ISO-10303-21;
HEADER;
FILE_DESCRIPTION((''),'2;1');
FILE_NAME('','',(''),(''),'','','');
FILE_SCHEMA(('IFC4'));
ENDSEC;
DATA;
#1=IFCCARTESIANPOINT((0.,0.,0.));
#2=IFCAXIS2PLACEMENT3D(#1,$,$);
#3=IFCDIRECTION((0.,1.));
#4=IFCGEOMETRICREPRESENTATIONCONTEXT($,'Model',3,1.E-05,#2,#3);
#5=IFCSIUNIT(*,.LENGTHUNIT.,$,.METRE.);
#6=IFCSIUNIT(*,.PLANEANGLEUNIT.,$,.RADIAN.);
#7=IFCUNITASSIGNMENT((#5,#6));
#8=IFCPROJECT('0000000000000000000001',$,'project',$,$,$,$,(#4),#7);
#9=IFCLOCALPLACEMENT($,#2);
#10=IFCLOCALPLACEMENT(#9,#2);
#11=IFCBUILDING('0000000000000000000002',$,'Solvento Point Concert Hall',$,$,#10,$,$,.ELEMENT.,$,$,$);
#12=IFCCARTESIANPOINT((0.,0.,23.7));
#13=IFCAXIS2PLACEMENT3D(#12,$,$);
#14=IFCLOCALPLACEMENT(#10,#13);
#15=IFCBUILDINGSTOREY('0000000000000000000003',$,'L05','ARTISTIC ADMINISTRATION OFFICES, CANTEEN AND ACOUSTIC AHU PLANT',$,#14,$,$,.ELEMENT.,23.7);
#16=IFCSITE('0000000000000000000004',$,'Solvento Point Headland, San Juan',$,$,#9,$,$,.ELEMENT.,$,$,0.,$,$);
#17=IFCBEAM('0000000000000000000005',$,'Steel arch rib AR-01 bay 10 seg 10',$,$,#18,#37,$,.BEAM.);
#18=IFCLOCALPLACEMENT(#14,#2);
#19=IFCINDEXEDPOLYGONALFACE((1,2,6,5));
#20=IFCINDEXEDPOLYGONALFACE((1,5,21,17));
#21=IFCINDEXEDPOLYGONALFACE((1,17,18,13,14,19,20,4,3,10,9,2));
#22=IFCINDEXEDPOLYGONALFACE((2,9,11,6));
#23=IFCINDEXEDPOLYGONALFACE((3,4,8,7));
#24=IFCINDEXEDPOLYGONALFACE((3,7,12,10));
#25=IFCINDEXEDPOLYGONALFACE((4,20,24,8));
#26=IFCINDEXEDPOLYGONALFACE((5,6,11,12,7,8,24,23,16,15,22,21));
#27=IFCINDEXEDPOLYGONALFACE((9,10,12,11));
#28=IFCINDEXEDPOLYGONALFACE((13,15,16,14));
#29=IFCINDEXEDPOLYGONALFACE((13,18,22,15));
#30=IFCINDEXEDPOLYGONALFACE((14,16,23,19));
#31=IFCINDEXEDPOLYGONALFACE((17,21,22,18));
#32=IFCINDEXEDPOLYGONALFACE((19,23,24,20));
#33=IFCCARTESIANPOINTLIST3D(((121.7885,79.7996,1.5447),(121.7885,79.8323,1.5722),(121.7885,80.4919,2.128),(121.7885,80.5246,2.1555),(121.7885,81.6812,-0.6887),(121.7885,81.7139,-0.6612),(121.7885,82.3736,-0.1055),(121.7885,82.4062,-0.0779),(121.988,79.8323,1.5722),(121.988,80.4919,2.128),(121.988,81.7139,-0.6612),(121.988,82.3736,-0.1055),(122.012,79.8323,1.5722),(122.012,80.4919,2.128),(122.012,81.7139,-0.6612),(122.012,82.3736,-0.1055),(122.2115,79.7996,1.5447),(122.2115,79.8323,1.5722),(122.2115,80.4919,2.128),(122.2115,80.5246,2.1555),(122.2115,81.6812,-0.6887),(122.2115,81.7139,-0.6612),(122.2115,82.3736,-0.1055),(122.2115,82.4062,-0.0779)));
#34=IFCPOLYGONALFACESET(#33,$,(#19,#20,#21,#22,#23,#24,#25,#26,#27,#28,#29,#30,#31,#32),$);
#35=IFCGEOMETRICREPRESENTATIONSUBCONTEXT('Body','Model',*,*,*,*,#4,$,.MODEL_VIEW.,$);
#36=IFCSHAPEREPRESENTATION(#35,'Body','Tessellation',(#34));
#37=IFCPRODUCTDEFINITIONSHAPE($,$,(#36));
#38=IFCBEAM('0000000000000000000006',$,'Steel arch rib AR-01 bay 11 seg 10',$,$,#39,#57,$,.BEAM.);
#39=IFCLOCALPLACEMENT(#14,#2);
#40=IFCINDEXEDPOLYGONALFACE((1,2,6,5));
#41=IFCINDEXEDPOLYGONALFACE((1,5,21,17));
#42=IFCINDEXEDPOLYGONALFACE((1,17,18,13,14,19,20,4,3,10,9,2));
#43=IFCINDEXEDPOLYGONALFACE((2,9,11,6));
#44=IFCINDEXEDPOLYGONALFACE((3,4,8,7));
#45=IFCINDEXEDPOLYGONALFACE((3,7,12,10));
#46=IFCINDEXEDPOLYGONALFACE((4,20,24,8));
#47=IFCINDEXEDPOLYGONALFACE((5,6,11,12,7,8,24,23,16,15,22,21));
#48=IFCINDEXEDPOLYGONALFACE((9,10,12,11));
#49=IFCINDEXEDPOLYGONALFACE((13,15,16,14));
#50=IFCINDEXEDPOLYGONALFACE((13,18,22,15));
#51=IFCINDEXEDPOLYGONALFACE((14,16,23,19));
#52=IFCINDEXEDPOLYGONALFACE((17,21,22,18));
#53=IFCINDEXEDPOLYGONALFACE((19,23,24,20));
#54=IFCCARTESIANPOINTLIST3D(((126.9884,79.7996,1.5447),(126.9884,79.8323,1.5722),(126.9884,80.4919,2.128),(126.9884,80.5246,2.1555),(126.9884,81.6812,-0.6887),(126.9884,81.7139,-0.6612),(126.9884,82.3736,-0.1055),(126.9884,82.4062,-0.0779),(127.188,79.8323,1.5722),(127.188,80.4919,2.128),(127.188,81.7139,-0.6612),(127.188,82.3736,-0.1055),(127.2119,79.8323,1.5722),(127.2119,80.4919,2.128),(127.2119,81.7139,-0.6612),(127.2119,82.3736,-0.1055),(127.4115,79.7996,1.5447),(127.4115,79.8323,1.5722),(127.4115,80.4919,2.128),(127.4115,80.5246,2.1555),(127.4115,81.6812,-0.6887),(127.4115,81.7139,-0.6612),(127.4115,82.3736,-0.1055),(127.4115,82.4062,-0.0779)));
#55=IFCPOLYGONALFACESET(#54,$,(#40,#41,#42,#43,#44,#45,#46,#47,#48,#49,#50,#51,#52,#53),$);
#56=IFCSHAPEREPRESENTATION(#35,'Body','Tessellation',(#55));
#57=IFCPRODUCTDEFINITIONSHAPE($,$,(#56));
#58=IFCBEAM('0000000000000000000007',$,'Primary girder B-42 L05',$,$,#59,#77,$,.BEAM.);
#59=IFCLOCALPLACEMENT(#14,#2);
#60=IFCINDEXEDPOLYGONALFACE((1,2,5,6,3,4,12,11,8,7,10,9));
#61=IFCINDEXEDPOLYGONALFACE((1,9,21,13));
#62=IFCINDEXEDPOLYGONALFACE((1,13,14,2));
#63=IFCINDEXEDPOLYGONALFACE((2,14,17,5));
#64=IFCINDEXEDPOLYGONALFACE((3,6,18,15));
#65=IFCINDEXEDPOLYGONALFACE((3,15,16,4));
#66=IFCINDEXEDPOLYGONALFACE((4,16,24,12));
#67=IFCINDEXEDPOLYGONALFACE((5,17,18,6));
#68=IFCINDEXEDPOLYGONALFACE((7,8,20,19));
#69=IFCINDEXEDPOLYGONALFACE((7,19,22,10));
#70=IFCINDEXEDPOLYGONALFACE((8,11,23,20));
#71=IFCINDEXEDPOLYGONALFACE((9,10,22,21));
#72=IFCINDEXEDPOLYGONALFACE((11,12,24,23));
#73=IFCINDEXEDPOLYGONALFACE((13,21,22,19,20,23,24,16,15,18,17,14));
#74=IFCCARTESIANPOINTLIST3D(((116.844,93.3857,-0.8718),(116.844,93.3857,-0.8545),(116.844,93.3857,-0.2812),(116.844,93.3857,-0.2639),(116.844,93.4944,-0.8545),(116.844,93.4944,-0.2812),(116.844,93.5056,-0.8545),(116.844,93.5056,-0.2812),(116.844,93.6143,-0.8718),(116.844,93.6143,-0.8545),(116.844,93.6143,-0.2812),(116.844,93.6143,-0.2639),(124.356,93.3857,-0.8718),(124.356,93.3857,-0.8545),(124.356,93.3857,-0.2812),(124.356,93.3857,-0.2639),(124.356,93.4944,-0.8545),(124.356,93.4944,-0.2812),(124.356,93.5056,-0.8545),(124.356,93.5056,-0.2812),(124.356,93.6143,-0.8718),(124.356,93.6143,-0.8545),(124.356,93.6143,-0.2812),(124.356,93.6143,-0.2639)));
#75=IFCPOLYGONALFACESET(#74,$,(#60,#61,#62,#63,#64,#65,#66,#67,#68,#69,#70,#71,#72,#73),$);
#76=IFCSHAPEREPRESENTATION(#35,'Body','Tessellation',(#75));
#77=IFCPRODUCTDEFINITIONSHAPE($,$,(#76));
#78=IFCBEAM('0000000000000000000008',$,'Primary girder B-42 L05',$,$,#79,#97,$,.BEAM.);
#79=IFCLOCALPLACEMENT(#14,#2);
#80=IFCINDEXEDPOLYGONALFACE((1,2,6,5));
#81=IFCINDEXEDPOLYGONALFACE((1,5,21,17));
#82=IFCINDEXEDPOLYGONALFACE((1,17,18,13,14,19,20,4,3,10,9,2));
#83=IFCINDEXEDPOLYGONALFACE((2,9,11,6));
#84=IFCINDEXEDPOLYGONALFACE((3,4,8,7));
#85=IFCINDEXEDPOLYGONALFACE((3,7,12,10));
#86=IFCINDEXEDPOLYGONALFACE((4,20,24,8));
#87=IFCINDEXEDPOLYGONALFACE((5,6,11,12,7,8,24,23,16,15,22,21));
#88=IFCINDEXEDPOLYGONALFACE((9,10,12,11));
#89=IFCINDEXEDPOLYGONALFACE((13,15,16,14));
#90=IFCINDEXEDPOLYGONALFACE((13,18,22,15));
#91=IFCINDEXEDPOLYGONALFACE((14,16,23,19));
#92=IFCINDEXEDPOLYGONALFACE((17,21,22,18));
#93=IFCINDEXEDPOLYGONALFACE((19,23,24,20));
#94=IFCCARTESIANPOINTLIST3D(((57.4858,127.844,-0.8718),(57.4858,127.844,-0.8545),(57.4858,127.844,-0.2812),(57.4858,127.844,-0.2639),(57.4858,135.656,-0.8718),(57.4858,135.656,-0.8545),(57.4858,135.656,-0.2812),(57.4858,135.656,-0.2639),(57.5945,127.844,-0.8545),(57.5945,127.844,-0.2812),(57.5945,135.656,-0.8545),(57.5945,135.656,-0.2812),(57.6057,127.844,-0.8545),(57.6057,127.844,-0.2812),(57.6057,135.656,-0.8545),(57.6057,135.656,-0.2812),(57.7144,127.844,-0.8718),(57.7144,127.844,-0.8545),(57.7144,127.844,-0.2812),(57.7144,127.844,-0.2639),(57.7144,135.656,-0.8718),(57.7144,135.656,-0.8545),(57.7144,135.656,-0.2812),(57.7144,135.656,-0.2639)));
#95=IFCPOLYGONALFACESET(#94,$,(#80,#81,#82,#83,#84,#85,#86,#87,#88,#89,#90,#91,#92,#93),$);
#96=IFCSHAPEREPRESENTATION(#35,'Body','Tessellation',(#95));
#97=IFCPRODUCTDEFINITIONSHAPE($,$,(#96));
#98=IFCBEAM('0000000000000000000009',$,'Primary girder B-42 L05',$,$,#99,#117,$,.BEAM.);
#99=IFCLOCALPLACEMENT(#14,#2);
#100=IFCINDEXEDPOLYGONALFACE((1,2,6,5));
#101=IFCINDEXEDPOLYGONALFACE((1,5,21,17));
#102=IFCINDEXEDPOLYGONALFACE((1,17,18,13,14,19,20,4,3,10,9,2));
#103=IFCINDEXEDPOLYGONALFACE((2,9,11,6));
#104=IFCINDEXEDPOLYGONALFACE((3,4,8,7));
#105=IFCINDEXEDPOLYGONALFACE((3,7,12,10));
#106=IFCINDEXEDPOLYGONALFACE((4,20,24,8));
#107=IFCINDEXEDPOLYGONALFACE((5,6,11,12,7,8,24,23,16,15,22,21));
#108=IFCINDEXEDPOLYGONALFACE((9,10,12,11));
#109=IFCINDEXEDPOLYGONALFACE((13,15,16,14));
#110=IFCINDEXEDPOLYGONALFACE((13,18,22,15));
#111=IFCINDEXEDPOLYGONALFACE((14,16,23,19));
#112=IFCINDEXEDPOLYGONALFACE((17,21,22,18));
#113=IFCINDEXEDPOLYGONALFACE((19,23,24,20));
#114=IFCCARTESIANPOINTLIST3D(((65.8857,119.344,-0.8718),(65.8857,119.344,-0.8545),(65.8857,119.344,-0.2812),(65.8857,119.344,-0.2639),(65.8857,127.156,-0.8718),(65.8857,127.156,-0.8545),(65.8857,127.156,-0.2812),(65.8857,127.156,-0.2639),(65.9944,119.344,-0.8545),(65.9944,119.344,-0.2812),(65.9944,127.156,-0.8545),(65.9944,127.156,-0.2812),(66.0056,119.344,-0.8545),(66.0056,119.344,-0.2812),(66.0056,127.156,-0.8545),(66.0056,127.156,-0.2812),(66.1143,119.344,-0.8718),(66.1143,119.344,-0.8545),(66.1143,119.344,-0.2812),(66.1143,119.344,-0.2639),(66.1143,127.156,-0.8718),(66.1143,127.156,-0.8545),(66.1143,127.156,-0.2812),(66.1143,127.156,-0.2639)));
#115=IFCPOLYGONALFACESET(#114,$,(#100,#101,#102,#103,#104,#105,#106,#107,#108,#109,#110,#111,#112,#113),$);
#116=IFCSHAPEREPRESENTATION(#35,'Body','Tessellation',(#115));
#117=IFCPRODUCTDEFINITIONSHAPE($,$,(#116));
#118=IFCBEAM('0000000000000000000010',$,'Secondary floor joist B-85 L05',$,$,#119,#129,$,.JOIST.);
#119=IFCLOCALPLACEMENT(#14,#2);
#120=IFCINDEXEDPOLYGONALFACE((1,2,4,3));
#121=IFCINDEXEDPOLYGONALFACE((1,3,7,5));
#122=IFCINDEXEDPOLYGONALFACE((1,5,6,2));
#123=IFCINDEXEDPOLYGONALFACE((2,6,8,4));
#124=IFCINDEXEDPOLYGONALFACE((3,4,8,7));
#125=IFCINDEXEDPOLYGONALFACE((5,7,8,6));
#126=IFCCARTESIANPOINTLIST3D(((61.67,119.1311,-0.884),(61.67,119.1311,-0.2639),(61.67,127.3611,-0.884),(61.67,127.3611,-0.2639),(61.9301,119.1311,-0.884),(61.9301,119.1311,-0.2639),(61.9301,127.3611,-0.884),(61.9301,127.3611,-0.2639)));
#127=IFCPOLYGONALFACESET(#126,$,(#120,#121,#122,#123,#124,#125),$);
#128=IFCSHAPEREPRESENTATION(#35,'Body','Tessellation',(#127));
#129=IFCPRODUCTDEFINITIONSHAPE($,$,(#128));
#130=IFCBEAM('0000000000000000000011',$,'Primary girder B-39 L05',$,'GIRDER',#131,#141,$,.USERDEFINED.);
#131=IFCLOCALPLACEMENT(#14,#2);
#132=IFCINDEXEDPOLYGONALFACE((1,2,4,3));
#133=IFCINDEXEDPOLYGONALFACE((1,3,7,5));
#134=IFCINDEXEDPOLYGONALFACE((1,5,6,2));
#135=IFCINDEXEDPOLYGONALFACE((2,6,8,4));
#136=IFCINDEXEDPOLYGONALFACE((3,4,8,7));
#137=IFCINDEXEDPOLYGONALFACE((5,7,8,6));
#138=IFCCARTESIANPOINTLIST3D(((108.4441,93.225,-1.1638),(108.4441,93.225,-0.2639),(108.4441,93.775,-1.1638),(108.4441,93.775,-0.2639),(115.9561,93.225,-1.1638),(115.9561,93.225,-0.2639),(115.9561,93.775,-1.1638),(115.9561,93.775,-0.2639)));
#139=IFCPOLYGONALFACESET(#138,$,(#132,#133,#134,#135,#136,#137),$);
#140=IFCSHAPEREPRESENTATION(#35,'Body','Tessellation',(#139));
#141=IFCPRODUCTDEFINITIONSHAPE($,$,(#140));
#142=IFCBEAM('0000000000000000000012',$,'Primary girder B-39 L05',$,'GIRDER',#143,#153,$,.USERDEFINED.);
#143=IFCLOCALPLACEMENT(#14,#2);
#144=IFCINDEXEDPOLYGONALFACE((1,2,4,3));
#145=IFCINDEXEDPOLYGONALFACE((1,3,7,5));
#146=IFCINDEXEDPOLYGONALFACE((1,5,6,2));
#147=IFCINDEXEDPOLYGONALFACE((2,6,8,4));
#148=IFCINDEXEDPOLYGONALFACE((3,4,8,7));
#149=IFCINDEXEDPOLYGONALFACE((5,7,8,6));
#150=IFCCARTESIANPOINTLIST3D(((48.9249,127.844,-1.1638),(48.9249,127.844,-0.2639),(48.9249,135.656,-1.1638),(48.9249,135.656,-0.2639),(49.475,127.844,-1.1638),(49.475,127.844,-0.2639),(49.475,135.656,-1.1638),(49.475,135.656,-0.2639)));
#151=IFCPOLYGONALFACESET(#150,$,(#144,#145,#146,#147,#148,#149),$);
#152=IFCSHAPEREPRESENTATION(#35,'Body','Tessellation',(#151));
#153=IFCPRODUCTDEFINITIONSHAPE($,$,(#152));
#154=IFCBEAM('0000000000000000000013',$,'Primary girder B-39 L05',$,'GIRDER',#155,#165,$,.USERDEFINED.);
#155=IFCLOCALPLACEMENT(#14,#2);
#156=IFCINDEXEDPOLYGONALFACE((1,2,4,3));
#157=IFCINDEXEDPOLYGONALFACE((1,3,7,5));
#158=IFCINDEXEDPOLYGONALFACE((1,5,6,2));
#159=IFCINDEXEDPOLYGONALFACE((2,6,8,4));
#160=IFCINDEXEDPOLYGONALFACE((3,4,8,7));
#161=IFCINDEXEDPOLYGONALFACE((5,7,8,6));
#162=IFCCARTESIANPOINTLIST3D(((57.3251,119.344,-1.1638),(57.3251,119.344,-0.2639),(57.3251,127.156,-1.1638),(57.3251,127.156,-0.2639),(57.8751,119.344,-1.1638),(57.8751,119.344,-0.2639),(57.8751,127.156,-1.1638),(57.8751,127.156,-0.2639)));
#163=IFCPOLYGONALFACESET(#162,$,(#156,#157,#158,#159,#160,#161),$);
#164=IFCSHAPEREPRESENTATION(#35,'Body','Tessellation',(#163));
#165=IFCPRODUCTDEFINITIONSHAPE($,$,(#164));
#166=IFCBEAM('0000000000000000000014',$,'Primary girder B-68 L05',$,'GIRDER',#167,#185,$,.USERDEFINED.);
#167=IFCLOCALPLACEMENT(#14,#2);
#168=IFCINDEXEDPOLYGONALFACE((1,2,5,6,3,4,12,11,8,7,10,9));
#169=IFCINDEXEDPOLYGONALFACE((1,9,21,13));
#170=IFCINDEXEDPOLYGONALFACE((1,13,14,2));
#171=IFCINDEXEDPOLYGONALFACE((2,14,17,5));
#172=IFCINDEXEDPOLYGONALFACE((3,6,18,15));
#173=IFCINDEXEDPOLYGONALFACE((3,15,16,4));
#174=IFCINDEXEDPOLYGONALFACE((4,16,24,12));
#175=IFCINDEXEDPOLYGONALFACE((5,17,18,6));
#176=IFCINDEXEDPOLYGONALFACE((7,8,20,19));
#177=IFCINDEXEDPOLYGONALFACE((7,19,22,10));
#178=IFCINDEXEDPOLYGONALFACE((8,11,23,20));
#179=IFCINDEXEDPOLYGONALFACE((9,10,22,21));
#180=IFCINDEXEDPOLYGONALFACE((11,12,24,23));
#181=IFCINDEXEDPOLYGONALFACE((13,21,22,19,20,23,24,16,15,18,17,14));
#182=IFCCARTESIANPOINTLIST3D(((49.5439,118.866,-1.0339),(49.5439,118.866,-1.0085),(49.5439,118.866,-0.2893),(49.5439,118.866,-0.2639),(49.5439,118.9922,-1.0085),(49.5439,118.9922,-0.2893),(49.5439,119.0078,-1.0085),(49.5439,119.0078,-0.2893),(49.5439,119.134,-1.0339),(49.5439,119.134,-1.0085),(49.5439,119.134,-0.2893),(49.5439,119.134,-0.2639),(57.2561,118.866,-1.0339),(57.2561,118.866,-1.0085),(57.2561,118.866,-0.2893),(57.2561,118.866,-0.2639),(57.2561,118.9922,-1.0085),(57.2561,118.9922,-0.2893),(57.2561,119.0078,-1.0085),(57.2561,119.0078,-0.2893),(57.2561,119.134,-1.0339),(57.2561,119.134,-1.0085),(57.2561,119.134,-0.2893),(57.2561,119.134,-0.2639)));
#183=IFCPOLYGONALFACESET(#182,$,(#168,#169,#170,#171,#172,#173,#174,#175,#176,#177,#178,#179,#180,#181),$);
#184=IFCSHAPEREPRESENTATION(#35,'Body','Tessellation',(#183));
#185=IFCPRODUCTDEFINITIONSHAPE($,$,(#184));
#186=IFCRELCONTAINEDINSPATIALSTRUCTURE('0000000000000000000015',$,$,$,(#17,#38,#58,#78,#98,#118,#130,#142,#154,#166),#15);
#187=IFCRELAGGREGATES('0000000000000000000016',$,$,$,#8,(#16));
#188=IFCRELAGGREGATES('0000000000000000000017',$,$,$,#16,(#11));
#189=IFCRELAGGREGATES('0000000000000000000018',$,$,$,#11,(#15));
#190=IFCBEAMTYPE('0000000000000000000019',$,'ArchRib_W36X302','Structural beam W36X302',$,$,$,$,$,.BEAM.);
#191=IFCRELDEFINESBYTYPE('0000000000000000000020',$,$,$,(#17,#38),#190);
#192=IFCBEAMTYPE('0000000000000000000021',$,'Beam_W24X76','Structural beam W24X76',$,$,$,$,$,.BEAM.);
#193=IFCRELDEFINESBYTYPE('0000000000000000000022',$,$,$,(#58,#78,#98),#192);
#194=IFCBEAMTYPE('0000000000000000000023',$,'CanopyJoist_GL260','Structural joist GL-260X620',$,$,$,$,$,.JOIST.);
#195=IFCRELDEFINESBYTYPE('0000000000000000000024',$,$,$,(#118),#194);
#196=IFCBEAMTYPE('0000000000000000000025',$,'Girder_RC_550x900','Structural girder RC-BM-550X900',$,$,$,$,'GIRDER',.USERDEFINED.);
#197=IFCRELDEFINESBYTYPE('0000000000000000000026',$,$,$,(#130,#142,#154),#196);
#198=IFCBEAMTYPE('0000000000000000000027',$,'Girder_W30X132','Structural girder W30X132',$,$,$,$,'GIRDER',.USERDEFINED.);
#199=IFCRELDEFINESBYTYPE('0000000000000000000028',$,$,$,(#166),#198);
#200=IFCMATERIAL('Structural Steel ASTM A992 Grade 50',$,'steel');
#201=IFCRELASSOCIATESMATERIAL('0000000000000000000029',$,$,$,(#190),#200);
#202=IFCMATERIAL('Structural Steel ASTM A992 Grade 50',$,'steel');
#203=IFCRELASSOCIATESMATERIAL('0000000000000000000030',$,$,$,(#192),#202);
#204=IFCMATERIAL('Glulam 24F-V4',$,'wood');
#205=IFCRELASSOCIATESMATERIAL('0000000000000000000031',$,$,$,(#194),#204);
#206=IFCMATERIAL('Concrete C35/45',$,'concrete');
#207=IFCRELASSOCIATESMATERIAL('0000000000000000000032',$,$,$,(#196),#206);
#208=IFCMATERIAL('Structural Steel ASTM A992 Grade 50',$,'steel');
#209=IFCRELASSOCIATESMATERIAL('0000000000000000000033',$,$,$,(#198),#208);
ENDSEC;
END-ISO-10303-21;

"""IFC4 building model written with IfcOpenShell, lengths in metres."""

from ifc_helpers import new_model, si_unit, direction, frame, origin, origin_2d, place, context, subcontext, project, spatial, rectangle, i_section, extrude, material, material_profile, profile_set, type_object, element, save


model = new_model("IFC4")

# Units and contexts
model_context = context("Model", 3, precision=1e-05, world=origin(), true_north=direction((0.0, 1.0)))
body_context = subcontext(model_context, "Body", "Model", "MODEL_VIEW")
ifc_project = project(units=[si_unit("LENGTHUNIT", "METRE"), si_unit("PLANEANGLEUNIT", "RADIAN")], contexts=[model_context])

# Site, building, storey
site_placement = place(None, origin())
site = spatial("IfcSite", under=ifc_project, at=site_placement, Name="Solvento Point Headland, San Juan", CompositionType="ELEMENT", RefElevation=0.0)
building_placement = place(site_placement, origin())
building = spatial("IfcBuilding", under=site, at=building_placement, Name="Solvento Point Concert Hall", CompositionType="ELEMENT")
storey_placement = place(building_placement, frame((0.0, 0.0, 23.7)))
storey = spatial("IfcBuildingStorey", under=building, at=storey_placement, Name="L05", Description="ARTISTIC ADMINISTRATION OFFICES, CANTEEN AND ACOUSTIC AHU PLANT", CompositionType="ELEMENT", Elevation=23.7)

# Beams
ifc_material_1 = material(Name="Structural Steel ASTM A992 Grade 50", Category="steel")
ifc_material_profile_1 = material_profile(ifc_material_1, i_section(OverallWidth=0.4231, OverallDepth=0.948, WebThickness=0.0239, FlangeThickness=0.0427, at=origin_2d()), Name="W36X302")
ifc_profile_set_1 = profile_set([ifc_material_profile_1], Name="Structural Steel ASTM A992 Grade 50")
beam_type_1 = type_object("IfcBeamType", Name="ArchRib_W36X302", Description="Structural beam W36X302", PredefinedType="BEAM", material=ifc_profile_set_1)
for number, where, z_axis, x_axis, name in (
    (1, (122.0, 80.1621, 1.8501), (0.0, 0.644303, -0.76477), (-1.0, 0.0, 0.0), "Steel arch rib AR-01 bay 10 seg 10"),
    (2, (127.2, 80.1621, 1.8501), (0.0, 0.644303, -0.76477), (-1.0, 0.0, 0.0), "Steel arch rib AR-01 bay 11 seg 10"),
):
    element("IfcBeam", number, at=place(storey_placement, frame(where, z_axis=z_axis, x_axis=x_axis)), inside=storey, type_object=beam_type_1, Name=name, PredefinedType="BEAM", context=body_context, shape_type="SweptSolid", body=[
        extrude(i_section(OverallWidth=0.4231, OverallDepth=0.948, WebThickness=0.0239, FlangeThickness=0.0427, at=origin_2d()), origin(), (0.0, 0.0, 1.0), 2.9204),
    ])
ifc_material_2 = material(Name="Structural Steel ASTM A992 Grade 50", Category="steel")
ifc_material_profile_2 = material_profile(ifc_material_2, i_section(OverallWidth=0.2285, OverallDepth=0.6079, WebThickness=0.0112, FlangeThickness=0.0173, at=origin_2d()), Name="W24X76")
ifc_profile_set_2 = profile_set([ifc_material_profile_2], Name="Structural Steel ASTM A992 Grade 50")
beam_type_2 = type_object("IfcBeamType", Name="Beam_W24X76", Description="Structural beam W24X76", PredefinedType="BEAM", material=ifc_profile_set_2)
beam_1_placement = place(storey_placement, frame((116.844, 93.5, -0.5679), z_axis=(1.0, 0.0, 0.0), x_axis=(0.0, 1.0, 0.0)))
element("IfcBeam", 3, at=beam_1_placement, inside=storey, type_object=beam_type_2, Name="Primary girder B-42 L05", PredefinedType="BEAM", context=body_context, shape_type="SweptSolid", body=[
    extrude(i_section(OverallWidth=0.2285, OverallDepth=0.6079, WebThickness=0.0112, FlangeThickness=0.0173, at=origin_2d()), origin(), (0.0, 0.0, 1.0), 7.512),
])
for number, where, z_axis, x_axis, name in (
    (4, (57.6001, 127.844, -0.5679), (0.0, 1.0, 0.0), (-1.0, 0.0, 0.0), "Primary girder B-42 L05"),
    (5, (66.0, 119.344, -0.5679), (0.0, 1.0, 0.0), (-1.0, 0.0, 0.0), "Primary girder B-42 L05"),
):
    element("IfcBeam", number, at=place(storey_placement, frame(where, z_axis=z_axis, x_axis=x_axis)), inside=storey, type_object=beam_type_2, Name=name, PredefinedType="BEAM", context=body_context, shape_type="SweptSolid", body=[
        extrude(i_section(OverallWidth=0.2285, OverallDepth=0.6079, WebThickness=0.0112, FlangeThickness=0.0173, at=origin_2d()), origin(), (0.0, 0.0, 1.0), 7.812),
    ])
ifc_material_3 = material(Name="Glulam 24F-V4", Category="wood")
ifc_material_profile_3 = material_profile(ifc_material_3, rectangle(XDim=0.26, YDim=0.6201, at=origin_2d()), Name="GL-260X620")
ifc_profile_set_3 = profile_set([ifc_material_profile_3], Name="Glulam 24F-V4")
beam_type_3 = type_object("IfcBeamType", Name="CanopyJoist_GL260", Description="Structural joist GL-260X620", PredefinedType="JOIST", material=ifc_profile_set_3)
beam_2_placement = place(storey_placement, frame((61.8, 119.1311, -0.574), z_axis=(0.0, 1.0, 0.0), x_axis=(-1.0, 0.0, 0.0)))
element("IfcBeam", 6, at=beam_2_placement, inside=storey, type_object=beam_type_3, Name="Secondary floor joist B-85 L05", PredefinedType="JOIST", context=body_context, shape_type="SweptSolid", body=[
    extrude(rectangle(XDim=0.26, YDim=0.6201, at=origin_2d()), origin(), (0.0, 0.0, 1.0), 8.23),
])
ifc_material_4 = material(Name="Concrete C35/45", Category="concrete")
ifc_material_profile_4 = material_profile(ifc_material_4, rectangle(XDim=0.55, YDim=0.8999, at=origin_2d()), Name="RC-BM-550X900")
ifc_profile_set_4 = profile_set([ifc_material_profile_4], Name="Concrete C35/45")
beam_type_4 = type_object("IfcBeamType", Name="Girder_RC_550x900", Description="Structural girder RC-BM-550X900", ElementType="GIRDER", PredefinedType="USERDEFINED", material=ifc_profile_set_4)
beam_3_placement = place(storey_placement, frame((108.4441, 93.5, -0.7139), z_axis=(1.0, 0.0, 0.0), x_axis=(0.0, 1.0, 0.0)))
element("IfcBeam", 7, at=beam_3_placement, inside=storey, type_object=beam_type_4, Name="Primary girder B-39 L05", ObjectType="GIRDER", PredefinedType="USERDEFINED", context=body_context, shape_type="SweptSolid", body=[
    extrude(rectangle(XDim=0.55, YDim=0.8999, at=origin_2d()), origin(), (0.0, 0.0, 1.0), 7.512),
])
for number, where, z_axis, x_axis, name in (
    (8, (49.2, 127.844, -0.7139), (0.0, 1.0, 0.0), (-1.0, 0.0, 0.0), "Primary girder B-39 L05"),
    (9, (57.6001, 119.344, -0.7139), (0.0, 1.0, 0.0), (-1.0, 0.0, 0.0), "Primary girder B-39 L05"),
):
    element("IfcBeam", number, at=place(storey_placement, frame(where, z_axis=z_axis, x_axis=x_axis)), inside=storey, type_object=beam_type_4, Name=name, ObjectType="GIRDER", PredefinedType="USERDEFINED", context=body_context, shape_type="SweptSolid", body=[
        extrude(rectangle(XDim=0.55, YDim=0.8999, at=origin_2d()), origin(), (0.0, 0.0, 1.0), 7.812),
    ])
ifc_material_5 = material(Name="Structural Steel ASTM A992 Grade 50", Category="steel")
ifc_material_profile_5 = material_profile(ifc_material_5, i_section(OverallWidth=0.2681, OverallDepth=0.77, WebThickness=0.0156, FlangeThickness=0.0254, at=origin_2d()), Name="W30X132")
ifc_profile_set_5 = profile_set([ifc_material_profile_5], Name="Structural Steel ASTM A992 Grade 50")
beam_type_5 = type_object("IfcBeamType", Name="Girder_W30X132", Description="Structural girder W30X132", ElementType="GIRDER", PredefinedType="USERDEFINED", material=ifc_profile_set_5)
beam_4_placement = place(storey_placement, frame((49.5439, 119.0, -0.6489), z_axis=(1.0, 0.0, 0.0), x_axis=(0.0, 1.0, 0.0)))
element("IfcBeam", 10, at=beam_4_placement, inside=storey, type_object=beam_type_5, Name="Primary girder B-68 L05", ObjectType="GIRDER", PredefinedType="USERDEFINED", context=body_context, shape_type="SweptSolid", body=[
    extrude(i_section(OverallWidth=0.2681, OverallDepth=0.77, WebThickness=0.0156, FlangeThickness=0.0254, at=origin_2d()), origin(), (0.0, 0.0, 1.0), 7.7122),
])

save(model, "model.ifc")
